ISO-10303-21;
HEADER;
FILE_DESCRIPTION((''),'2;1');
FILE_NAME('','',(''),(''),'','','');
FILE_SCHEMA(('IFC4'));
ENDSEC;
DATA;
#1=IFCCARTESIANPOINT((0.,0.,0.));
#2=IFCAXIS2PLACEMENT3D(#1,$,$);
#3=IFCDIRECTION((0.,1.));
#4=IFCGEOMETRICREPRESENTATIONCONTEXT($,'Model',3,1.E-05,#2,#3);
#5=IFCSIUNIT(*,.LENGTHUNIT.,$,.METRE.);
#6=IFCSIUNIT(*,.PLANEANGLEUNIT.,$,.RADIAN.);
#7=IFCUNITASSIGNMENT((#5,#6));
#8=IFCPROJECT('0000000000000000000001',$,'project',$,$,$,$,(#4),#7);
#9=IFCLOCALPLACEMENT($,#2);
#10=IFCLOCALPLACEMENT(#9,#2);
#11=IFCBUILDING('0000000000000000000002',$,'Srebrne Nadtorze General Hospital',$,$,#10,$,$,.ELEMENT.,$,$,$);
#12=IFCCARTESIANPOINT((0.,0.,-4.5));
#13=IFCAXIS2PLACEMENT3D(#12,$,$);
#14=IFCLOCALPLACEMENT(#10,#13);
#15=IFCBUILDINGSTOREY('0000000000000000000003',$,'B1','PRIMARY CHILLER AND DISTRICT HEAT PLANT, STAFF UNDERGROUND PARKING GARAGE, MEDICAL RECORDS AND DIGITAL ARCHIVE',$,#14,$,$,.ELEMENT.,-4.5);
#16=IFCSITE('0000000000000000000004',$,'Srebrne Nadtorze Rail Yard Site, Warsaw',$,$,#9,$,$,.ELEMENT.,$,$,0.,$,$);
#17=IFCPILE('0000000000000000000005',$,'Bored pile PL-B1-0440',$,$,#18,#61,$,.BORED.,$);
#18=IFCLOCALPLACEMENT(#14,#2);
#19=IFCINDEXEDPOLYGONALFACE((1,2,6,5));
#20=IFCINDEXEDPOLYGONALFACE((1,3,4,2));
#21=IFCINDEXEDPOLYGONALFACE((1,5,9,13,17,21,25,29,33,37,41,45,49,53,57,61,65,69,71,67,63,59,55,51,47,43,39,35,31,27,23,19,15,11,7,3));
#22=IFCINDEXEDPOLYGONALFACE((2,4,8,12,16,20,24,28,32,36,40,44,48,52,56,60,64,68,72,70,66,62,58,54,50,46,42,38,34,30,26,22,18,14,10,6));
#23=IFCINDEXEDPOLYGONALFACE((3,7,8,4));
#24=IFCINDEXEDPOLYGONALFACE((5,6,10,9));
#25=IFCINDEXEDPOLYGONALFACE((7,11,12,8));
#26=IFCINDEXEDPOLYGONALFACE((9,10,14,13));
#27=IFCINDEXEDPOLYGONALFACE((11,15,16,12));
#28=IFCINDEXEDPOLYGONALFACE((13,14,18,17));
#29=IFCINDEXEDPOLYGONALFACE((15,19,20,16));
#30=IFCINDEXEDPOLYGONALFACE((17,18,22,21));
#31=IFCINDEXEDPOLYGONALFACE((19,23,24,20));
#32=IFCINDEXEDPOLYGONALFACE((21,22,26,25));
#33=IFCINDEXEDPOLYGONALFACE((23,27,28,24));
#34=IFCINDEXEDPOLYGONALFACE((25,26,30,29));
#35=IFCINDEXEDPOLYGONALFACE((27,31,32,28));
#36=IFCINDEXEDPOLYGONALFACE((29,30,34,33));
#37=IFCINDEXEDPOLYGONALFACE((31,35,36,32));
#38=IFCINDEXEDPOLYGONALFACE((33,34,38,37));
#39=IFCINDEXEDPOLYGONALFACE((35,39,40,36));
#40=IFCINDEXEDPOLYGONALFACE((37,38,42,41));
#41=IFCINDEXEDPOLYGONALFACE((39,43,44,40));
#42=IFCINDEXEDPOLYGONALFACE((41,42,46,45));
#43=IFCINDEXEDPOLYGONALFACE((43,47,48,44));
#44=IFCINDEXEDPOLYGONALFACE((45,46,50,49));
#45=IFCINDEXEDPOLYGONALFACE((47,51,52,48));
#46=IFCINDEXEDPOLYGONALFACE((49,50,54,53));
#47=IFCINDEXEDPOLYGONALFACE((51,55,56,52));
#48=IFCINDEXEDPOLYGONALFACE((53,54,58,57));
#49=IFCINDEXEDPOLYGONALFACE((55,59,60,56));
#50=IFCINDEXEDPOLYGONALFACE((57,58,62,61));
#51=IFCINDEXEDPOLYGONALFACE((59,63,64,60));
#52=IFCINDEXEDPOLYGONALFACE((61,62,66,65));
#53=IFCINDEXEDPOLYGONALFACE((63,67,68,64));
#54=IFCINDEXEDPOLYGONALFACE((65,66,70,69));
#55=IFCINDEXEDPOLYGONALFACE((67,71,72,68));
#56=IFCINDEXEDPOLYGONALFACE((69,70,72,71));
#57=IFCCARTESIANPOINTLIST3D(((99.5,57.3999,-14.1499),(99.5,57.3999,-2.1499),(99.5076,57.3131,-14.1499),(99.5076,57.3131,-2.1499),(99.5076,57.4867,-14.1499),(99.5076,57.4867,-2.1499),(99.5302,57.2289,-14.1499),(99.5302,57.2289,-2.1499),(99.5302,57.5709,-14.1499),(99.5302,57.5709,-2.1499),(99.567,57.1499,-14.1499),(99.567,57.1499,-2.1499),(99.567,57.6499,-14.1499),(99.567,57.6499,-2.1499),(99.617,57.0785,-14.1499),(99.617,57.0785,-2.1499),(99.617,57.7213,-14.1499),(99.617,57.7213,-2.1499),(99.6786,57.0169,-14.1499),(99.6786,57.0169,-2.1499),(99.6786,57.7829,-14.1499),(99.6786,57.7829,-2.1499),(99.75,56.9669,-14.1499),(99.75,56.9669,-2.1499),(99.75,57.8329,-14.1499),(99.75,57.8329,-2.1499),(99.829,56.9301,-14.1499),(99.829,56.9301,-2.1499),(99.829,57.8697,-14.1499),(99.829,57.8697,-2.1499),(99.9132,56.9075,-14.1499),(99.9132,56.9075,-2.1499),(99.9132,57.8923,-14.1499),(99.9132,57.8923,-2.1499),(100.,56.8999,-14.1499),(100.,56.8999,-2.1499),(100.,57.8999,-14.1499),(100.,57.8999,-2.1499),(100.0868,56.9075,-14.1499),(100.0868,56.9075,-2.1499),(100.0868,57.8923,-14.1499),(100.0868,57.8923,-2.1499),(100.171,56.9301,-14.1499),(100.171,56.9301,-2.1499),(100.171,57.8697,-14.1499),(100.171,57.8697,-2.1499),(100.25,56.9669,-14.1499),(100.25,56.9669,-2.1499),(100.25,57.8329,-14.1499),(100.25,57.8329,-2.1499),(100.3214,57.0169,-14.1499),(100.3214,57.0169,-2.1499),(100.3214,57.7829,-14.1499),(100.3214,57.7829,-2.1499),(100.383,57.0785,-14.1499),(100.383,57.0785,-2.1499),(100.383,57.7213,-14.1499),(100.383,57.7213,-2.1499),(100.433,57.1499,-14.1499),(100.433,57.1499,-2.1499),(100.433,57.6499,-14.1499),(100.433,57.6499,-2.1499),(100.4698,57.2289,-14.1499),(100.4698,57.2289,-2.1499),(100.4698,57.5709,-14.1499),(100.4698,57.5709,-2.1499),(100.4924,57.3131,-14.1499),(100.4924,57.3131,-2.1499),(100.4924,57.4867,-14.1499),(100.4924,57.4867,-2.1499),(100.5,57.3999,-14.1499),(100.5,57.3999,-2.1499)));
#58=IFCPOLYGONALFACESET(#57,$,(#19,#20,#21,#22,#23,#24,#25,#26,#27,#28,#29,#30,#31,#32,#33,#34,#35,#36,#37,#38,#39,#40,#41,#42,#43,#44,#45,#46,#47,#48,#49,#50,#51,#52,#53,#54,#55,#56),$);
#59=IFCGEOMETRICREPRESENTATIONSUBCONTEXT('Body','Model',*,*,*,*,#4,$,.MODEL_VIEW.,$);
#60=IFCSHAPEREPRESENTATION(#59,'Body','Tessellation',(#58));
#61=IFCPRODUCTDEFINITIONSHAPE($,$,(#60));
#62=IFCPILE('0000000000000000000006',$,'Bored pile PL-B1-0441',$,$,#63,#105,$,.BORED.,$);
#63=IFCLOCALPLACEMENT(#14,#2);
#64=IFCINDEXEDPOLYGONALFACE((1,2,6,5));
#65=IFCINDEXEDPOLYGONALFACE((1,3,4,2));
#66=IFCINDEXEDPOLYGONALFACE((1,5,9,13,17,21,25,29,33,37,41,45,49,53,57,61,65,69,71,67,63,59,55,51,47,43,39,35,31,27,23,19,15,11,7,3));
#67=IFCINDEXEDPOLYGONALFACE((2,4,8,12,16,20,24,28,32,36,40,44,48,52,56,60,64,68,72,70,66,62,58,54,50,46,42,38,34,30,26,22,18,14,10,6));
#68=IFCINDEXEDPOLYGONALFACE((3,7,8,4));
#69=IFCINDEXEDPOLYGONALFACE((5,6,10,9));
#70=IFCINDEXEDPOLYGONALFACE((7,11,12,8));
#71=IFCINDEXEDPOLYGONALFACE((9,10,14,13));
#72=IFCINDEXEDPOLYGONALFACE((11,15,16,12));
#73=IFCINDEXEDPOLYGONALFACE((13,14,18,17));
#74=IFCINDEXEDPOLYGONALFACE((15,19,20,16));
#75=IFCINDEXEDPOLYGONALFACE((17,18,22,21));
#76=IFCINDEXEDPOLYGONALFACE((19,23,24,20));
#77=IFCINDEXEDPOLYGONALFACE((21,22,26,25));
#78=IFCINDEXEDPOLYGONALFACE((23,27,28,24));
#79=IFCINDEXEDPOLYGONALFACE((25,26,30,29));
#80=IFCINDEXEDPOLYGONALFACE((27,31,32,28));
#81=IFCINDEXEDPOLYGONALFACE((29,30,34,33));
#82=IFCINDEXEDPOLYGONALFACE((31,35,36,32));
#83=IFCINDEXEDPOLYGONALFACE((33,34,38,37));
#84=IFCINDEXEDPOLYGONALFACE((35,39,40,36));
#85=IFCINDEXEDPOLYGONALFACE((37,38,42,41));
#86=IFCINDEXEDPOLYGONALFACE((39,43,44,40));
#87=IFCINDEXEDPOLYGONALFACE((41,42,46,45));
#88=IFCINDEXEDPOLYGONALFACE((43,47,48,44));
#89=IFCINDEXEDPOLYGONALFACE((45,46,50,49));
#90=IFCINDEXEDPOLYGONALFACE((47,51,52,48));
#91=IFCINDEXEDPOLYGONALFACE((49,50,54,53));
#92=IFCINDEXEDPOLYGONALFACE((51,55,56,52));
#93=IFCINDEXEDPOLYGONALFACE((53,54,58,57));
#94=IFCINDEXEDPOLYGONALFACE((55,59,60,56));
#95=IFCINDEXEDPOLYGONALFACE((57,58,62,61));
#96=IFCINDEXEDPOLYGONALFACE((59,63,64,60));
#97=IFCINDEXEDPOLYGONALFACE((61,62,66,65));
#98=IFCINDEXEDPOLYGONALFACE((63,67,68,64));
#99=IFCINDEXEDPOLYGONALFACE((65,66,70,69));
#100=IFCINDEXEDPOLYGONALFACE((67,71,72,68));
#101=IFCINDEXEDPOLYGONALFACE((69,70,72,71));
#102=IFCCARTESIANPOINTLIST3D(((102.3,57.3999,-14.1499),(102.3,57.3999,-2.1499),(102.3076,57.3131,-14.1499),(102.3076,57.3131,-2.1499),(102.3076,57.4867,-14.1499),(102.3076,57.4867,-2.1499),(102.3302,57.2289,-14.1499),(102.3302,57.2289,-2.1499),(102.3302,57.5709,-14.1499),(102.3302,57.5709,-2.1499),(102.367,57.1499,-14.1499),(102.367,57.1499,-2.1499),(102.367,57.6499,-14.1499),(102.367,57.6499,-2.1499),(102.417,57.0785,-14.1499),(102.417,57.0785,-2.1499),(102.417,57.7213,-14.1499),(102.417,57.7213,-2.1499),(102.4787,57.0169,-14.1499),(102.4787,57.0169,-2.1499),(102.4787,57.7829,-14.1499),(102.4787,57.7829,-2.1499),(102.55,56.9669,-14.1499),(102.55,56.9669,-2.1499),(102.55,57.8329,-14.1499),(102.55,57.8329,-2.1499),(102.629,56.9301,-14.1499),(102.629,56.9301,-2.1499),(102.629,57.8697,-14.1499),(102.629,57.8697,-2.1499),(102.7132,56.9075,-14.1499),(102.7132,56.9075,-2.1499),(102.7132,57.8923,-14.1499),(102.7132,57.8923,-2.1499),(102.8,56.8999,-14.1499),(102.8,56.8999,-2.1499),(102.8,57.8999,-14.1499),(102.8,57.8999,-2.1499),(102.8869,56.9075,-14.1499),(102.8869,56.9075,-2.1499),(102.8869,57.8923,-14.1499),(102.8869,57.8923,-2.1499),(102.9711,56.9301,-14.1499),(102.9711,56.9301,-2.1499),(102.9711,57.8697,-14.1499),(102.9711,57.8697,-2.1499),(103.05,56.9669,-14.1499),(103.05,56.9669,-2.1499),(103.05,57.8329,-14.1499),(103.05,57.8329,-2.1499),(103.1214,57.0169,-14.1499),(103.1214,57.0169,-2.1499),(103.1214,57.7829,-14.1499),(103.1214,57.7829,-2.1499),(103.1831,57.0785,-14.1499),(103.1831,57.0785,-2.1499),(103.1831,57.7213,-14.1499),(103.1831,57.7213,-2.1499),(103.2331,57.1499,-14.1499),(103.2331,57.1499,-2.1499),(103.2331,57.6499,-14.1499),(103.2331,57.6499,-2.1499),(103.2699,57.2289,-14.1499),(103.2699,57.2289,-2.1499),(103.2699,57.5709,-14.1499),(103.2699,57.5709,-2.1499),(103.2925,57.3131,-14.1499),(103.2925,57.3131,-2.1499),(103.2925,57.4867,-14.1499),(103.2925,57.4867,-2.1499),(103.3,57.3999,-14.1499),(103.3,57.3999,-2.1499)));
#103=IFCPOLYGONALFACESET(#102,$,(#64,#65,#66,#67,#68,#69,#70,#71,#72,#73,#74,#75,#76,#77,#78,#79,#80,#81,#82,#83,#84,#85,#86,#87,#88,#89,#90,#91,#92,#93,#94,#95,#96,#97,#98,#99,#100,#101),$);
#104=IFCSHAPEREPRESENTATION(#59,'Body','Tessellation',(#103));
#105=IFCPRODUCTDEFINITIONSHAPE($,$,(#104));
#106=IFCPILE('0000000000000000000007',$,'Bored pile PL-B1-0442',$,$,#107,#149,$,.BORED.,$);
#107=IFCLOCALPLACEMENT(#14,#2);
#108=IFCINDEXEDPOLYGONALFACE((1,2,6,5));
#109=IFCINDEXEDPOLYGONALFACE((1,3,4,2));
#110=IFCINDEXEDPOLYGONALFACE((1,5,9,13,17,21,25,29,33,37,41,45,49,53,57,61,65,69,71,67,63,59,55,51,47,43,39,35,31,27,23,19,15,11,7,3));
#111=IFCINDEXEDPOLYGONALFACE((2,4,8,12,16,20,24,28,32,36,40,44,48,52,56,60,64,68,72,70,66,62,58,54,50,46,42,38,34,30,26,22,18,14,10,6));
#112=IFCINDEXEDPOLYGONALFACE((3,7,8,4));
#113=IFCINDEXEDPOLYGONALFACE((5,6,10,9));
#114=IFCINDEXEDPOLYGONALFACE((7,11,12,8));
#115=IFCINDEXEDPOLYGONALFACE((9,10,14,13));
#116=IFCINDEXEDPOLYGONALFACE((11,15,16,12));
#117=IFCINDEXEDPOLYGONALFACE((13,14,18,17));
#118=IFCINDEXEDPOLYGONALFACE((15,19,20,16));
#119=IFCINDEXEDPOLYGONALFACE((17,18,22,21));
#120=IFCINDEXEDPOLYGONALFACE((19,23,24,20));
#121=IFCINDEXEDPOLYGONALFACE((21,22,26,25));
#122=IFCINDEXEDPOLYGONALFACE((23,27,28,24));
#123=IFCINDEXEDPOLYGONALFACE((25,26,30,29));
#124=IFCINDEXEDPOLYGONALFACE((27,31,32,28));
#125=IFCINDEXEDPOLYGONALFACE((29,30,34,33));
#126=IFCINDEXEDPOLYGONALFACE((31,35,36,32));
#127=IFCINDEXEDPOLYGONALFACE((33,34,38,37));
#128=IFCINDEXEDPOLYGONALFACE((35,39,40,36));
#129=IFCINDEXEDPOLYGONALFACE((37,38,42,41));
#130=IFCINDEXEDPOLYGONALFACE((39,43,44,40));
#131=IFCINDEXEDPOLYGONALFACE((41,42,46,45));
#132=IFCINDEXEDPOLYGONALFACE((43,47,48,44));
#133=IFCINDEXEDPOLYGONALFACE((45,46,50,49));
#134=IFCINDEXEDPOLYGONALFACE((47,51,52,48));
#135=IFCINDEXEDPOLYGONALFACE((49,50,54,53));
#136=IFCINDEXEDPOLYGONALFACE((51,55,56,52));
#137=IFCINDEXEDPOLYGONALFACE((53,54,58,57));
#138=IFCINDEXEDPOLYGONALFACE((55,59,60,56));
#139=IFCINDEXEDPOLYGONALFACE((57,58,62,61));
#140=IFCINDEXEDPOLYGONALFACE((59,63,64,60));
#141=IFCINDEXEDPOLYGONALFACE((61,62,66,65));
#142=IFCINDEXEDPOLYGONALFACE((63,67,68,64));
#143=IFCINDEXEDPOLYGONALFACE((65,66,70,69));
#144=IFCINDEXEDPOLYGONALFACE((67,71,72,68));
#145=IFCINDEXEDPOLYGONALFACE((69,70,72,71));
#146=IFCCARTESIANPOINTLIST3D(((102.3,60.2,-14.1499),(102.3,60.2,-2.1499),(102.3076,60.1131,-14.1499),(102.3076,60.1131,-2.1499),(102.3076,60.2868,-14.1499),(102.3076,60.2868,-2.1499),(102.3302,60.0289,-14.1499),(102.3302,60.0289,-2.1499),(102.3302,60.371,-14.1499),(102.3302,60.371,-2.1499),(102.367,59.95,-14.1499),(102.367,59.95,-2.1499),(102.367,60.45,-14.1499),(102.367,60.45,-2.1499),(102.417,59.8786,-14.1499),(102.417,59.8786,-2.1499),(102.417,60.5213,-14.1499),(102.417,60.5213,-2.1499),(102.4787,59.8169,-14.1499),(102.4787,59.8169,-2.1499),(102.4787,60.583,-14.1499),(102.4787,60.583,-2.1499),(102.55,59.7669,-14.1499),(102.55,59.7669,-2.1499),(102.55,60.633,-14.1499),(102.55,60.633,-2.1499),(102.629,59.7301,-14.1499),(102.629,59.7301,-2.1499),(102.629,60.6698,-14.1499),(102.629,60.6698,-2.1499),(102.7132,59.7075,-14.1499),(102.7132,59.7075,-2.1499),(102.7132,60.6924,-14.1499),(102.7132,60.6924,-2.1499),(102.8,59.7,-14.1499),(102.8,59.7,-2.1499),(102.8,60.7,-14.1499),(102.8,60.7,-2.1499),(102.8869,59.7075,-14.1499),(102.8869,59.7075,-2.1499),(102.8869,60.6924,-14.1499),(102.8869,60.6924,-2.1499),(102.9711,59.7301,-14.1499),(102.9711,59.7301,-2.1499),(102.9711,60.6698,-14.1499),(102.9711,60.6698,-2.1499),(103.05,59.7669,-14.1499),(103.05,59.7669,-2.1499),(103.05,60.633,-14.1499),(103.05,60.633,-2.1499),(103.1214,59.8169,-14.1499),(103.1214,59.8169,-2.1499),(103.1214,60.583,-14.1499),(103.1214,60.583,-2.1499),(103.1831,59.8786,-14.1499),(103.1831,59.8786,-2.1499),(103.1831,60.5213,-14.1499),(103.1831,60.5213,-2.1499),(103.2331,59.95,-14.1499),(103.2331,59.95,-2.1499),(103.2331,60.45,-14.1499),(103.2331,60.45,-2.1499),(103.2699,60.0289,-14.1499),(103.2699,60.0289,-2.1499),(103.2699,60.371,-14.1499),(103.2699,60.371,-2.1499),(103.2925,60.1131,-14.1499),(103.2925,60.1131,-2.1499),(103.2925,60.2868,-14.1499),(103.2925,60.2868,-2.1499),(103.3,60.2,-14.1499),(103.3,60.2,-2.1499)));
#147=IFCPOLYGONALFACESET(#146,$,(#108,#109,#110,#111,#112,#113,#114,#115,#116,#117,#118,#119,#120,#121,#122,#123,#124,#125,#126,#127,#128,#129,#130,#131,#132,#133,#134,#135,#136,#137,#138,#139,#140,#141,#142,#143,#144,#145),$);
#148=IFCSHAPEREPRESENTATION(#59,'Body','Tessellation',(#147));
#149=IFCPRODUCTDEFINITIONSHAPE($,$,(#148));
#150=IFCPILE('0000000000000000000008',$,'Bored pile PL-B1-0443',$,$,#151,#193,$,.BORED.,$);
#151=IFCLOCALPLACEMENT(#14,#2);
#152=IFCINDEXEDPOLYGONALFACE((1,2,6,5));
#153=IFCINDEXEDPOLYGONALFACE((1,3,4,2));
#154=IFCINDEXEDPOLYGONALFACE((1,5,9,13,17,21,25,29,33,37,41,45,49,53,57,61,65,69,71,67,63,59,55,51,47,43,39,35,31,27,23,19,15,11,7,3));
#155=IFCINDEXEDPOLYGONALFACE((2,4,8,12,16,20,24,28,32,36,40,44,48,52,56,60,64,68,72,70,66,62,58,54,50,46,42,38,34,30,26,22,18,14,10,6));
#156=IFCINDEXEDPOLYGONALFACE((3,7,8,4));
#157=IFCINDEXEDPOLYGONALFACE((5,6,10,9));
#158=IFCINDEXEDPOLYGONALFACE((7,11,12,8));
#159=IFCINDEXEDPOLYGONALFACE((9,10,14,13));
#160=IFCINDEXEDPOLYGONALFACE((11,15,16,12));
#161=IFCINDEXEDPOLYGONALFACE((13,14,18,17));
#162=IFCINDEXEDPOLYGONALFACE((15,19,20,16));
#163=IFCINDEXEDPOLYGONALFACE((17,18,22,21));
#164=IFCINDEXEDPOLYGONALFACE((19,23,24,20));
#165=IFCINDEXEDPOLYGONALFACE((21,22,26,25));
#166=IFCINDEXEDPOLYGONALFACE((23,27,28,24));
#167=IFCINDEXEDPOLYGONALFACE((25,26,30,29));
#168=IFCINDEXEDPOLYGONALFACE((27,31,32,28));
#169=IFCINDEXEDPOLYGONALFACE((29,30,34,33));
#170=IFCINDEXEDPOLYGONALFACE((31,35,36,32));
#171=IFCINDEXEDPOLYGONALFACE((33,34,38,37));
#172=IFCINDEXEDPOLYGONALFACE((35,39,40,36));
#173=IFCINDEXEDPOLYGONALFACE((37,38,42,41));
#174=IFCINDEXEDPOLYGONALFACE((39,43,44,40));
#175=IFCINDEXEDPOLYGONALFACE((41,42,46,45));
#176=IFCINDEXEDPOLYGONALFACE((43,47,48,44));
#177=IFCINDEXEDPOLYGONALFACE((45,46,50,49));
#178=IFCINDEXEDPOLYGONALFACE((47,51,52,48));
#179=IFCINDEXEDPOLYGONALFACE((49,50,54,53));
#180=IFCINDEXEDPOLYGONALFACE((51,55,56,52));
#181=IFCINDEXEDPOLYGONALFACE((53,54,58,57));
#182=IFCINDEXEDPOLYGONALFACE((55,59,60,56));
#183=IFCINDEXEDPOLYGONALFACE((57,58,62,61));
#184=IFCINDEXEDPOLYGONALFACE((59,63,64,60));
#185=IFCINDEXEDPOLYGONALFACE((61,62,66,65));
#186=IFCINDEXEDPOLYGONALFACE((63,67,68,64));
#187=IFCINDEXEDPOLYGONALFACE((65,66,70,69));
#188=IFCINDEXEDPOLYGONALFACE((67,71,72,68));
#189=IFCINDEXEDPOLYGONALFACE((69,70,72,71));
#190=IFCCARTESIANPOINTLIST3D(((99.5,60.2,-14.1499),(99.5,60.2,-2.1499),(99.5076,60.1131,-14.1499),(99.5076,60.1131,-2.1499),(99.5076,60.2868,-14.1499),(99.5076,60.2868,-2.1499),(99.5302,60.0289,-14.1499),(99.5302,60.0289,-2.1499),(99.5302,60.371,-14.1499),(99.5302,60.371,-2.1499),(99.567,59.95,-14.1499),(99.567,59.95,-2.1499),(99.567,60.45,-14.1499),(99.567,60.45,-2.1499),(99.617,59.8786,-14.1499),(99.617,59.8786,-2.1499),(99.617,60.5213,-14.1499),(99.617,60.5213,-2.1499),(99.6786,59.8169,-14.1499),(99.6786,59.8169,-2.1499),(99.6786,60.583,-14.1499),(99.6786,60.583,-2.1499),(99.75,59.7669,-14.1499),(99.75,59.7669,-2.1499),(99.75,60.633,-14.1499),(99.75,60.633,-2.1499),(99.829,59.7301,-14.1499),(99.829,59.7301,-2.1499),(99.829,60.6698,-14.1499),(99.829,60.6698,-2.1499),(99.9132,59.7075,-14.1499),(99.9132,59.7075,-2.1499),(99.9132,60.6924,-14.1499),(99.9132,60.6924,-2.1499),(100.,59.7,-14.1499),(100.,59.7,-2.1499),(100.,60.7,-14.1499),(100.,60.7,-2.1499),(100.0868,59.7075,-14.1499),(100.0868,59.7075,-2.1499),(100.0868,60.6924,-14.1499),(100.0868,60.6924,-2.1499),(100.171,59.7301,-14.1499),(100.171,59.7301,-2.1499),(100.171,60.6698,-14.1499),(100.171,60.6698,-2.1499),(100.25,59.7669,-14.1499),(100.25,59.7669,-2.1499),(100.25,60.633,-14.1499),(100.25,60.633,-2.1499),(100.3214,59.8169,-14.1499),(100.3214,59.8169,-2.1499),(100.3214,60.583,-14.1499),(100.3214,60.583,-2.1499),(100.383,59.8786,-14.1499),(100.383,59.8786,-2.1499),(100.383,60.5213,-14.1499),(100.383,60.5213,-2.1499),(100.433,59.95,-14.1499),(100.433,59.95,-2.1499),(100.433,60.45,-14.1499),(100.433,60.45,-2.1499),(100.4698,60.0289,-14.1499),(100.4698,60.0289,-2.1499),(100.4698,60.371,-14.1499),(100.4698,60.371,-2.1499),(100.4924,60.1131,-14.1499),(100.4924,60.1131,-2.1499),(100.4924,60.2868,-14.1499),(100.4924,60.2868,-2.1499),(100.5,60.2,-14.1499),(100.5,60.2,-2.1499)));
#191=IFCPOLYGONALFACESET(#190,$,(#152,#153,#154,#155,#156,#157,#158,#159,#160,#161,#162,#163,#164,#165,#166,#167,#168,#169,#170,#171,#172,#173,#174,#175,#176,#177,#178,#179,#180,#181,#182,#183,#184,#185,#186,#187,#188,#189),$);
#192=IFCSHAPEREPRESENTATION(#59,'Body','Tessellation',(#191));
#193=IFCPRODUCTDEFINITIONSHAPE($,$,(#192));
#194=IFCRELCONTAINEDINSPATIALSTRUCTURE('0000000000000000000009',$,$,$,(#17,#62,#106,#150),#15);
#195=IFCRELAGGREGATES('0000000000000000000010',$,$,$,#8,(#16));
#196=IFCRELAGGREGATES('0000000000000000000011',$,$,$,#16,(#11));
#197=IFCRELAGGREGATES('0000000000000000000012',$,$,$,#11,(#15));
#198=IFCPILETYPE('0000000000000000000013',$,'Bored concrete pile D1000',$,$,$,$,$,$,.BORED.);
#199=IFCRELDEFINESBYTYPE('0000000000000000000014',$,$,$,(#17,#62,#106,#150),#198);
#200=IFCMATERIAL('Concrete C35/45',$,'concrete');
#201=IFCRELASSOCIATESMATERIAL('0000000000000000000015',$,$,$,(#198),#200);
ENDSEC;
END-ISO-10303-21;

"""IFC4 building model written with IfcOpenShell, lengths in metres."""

from ifc_helpers import new_model, si_unit, direction, frame, origin, origin_2d, place, context, subcontext, project, spatial, circle, extrude, material, material_profile, profile_set, type_object, element, save


model = new_model("IFC4")

# Units and contexts
model_context = context("Model", 3, precision=1e-05, world=origin(), true_north=direction((0.0, 1.0)))
body_context = subcontext(model_context, "Body", "Model", "MODEL_VIEW")
ifc_project = project(units=[si_unit("LENGTHUNIT", "METRE"), si_unit("PLANEANGLEUNIT", "RADIAN")], contexts=[model_context])

# Site, building, storey
site_placement = place(None, origin())
site = spatial("IfcSite", under=ifc_project, at=site_placement, Name="Srebrne Nadtorze Rail Yard Site, Warsaw", CompositionType="ELEMENT", RefElevation=0.0)
building_placement = place(site_placement, origin())
building = spatial("IfcBuilding", under=site, at=building_placement, Name="Srebrne Nadtorze General Hospital", CompositionType="ELEMENT")
storey_placement = place(building_placement, frame((0.0, 0.0, -4.5)))
storey = spatial("IfcBuildingStorey", under=building, at=storey_placement, Name="B1", Description="PRIMARY CHILLER AND DISTRICT HEAT PLANT, STAFF UNDERGROUND PARKING GARAGE, MEDICAL RECORDS AND DIGITAL ARCHIVE", CompositionType="ELEMENT", Elevation=-4.5)

# Piles
ifc_material_1 = material(Name="Concrete C35/45", Category="concrete")
ifc_material_profile_1 = material_profile(ifc_material_1, circle(Radius=0.5, at=origin_2d()), Name="PILE-D1000")
ifc_profile_set_1 = profile_set([ifc_material_profile_1], Name="Concrete C35/45")
pile_type_1 = type_object("IfcPileType", Name="Bored concrete pile D1000", PredefinedType="BORED", material=ifc_profile_set_1)
for number, where, z_axis, x_axis, name in (
    (1, (100.0, 57.3999, -2.1499), (0.0, 0.0, -1.0), (1.0, 0.0, 0.0), "Bored pile PL-B1-0440"),
    (2, (102.8, 57.3999, -2.1499), (0.0, 0.0, -1.0), (1.0, 0.0, 0.0), "Bored pile PL-B1-0441"),
    (3, (102.8, 60.2, -2.1499), (0.0, 0.0, -1.0), (1.0, 0.0, 0.0), "Bored pile PL-B1-0442"),
    (4, (100.0, 60.2, -2.1499), (0.0, 0.0, -1.0), (1.0, 0.0, 0.0), "Bored pile PL-B1-0443"),
):
    element("IfcPile", number, at=place(storey_placement, frame(where, z_axis=z_axis, x_axis=x_axis)), inside=storey, type_object=pile_type_1, Name=name, PredefinedType="BORED", context=body_context, shape_type="SweptSolid", body=[
        extrude(circle(Radius=0.5, at=origin_2d()), origin(), (0.0, 0.0, 1.0), 12.0),
    ])

save(model, "model.ifc")
